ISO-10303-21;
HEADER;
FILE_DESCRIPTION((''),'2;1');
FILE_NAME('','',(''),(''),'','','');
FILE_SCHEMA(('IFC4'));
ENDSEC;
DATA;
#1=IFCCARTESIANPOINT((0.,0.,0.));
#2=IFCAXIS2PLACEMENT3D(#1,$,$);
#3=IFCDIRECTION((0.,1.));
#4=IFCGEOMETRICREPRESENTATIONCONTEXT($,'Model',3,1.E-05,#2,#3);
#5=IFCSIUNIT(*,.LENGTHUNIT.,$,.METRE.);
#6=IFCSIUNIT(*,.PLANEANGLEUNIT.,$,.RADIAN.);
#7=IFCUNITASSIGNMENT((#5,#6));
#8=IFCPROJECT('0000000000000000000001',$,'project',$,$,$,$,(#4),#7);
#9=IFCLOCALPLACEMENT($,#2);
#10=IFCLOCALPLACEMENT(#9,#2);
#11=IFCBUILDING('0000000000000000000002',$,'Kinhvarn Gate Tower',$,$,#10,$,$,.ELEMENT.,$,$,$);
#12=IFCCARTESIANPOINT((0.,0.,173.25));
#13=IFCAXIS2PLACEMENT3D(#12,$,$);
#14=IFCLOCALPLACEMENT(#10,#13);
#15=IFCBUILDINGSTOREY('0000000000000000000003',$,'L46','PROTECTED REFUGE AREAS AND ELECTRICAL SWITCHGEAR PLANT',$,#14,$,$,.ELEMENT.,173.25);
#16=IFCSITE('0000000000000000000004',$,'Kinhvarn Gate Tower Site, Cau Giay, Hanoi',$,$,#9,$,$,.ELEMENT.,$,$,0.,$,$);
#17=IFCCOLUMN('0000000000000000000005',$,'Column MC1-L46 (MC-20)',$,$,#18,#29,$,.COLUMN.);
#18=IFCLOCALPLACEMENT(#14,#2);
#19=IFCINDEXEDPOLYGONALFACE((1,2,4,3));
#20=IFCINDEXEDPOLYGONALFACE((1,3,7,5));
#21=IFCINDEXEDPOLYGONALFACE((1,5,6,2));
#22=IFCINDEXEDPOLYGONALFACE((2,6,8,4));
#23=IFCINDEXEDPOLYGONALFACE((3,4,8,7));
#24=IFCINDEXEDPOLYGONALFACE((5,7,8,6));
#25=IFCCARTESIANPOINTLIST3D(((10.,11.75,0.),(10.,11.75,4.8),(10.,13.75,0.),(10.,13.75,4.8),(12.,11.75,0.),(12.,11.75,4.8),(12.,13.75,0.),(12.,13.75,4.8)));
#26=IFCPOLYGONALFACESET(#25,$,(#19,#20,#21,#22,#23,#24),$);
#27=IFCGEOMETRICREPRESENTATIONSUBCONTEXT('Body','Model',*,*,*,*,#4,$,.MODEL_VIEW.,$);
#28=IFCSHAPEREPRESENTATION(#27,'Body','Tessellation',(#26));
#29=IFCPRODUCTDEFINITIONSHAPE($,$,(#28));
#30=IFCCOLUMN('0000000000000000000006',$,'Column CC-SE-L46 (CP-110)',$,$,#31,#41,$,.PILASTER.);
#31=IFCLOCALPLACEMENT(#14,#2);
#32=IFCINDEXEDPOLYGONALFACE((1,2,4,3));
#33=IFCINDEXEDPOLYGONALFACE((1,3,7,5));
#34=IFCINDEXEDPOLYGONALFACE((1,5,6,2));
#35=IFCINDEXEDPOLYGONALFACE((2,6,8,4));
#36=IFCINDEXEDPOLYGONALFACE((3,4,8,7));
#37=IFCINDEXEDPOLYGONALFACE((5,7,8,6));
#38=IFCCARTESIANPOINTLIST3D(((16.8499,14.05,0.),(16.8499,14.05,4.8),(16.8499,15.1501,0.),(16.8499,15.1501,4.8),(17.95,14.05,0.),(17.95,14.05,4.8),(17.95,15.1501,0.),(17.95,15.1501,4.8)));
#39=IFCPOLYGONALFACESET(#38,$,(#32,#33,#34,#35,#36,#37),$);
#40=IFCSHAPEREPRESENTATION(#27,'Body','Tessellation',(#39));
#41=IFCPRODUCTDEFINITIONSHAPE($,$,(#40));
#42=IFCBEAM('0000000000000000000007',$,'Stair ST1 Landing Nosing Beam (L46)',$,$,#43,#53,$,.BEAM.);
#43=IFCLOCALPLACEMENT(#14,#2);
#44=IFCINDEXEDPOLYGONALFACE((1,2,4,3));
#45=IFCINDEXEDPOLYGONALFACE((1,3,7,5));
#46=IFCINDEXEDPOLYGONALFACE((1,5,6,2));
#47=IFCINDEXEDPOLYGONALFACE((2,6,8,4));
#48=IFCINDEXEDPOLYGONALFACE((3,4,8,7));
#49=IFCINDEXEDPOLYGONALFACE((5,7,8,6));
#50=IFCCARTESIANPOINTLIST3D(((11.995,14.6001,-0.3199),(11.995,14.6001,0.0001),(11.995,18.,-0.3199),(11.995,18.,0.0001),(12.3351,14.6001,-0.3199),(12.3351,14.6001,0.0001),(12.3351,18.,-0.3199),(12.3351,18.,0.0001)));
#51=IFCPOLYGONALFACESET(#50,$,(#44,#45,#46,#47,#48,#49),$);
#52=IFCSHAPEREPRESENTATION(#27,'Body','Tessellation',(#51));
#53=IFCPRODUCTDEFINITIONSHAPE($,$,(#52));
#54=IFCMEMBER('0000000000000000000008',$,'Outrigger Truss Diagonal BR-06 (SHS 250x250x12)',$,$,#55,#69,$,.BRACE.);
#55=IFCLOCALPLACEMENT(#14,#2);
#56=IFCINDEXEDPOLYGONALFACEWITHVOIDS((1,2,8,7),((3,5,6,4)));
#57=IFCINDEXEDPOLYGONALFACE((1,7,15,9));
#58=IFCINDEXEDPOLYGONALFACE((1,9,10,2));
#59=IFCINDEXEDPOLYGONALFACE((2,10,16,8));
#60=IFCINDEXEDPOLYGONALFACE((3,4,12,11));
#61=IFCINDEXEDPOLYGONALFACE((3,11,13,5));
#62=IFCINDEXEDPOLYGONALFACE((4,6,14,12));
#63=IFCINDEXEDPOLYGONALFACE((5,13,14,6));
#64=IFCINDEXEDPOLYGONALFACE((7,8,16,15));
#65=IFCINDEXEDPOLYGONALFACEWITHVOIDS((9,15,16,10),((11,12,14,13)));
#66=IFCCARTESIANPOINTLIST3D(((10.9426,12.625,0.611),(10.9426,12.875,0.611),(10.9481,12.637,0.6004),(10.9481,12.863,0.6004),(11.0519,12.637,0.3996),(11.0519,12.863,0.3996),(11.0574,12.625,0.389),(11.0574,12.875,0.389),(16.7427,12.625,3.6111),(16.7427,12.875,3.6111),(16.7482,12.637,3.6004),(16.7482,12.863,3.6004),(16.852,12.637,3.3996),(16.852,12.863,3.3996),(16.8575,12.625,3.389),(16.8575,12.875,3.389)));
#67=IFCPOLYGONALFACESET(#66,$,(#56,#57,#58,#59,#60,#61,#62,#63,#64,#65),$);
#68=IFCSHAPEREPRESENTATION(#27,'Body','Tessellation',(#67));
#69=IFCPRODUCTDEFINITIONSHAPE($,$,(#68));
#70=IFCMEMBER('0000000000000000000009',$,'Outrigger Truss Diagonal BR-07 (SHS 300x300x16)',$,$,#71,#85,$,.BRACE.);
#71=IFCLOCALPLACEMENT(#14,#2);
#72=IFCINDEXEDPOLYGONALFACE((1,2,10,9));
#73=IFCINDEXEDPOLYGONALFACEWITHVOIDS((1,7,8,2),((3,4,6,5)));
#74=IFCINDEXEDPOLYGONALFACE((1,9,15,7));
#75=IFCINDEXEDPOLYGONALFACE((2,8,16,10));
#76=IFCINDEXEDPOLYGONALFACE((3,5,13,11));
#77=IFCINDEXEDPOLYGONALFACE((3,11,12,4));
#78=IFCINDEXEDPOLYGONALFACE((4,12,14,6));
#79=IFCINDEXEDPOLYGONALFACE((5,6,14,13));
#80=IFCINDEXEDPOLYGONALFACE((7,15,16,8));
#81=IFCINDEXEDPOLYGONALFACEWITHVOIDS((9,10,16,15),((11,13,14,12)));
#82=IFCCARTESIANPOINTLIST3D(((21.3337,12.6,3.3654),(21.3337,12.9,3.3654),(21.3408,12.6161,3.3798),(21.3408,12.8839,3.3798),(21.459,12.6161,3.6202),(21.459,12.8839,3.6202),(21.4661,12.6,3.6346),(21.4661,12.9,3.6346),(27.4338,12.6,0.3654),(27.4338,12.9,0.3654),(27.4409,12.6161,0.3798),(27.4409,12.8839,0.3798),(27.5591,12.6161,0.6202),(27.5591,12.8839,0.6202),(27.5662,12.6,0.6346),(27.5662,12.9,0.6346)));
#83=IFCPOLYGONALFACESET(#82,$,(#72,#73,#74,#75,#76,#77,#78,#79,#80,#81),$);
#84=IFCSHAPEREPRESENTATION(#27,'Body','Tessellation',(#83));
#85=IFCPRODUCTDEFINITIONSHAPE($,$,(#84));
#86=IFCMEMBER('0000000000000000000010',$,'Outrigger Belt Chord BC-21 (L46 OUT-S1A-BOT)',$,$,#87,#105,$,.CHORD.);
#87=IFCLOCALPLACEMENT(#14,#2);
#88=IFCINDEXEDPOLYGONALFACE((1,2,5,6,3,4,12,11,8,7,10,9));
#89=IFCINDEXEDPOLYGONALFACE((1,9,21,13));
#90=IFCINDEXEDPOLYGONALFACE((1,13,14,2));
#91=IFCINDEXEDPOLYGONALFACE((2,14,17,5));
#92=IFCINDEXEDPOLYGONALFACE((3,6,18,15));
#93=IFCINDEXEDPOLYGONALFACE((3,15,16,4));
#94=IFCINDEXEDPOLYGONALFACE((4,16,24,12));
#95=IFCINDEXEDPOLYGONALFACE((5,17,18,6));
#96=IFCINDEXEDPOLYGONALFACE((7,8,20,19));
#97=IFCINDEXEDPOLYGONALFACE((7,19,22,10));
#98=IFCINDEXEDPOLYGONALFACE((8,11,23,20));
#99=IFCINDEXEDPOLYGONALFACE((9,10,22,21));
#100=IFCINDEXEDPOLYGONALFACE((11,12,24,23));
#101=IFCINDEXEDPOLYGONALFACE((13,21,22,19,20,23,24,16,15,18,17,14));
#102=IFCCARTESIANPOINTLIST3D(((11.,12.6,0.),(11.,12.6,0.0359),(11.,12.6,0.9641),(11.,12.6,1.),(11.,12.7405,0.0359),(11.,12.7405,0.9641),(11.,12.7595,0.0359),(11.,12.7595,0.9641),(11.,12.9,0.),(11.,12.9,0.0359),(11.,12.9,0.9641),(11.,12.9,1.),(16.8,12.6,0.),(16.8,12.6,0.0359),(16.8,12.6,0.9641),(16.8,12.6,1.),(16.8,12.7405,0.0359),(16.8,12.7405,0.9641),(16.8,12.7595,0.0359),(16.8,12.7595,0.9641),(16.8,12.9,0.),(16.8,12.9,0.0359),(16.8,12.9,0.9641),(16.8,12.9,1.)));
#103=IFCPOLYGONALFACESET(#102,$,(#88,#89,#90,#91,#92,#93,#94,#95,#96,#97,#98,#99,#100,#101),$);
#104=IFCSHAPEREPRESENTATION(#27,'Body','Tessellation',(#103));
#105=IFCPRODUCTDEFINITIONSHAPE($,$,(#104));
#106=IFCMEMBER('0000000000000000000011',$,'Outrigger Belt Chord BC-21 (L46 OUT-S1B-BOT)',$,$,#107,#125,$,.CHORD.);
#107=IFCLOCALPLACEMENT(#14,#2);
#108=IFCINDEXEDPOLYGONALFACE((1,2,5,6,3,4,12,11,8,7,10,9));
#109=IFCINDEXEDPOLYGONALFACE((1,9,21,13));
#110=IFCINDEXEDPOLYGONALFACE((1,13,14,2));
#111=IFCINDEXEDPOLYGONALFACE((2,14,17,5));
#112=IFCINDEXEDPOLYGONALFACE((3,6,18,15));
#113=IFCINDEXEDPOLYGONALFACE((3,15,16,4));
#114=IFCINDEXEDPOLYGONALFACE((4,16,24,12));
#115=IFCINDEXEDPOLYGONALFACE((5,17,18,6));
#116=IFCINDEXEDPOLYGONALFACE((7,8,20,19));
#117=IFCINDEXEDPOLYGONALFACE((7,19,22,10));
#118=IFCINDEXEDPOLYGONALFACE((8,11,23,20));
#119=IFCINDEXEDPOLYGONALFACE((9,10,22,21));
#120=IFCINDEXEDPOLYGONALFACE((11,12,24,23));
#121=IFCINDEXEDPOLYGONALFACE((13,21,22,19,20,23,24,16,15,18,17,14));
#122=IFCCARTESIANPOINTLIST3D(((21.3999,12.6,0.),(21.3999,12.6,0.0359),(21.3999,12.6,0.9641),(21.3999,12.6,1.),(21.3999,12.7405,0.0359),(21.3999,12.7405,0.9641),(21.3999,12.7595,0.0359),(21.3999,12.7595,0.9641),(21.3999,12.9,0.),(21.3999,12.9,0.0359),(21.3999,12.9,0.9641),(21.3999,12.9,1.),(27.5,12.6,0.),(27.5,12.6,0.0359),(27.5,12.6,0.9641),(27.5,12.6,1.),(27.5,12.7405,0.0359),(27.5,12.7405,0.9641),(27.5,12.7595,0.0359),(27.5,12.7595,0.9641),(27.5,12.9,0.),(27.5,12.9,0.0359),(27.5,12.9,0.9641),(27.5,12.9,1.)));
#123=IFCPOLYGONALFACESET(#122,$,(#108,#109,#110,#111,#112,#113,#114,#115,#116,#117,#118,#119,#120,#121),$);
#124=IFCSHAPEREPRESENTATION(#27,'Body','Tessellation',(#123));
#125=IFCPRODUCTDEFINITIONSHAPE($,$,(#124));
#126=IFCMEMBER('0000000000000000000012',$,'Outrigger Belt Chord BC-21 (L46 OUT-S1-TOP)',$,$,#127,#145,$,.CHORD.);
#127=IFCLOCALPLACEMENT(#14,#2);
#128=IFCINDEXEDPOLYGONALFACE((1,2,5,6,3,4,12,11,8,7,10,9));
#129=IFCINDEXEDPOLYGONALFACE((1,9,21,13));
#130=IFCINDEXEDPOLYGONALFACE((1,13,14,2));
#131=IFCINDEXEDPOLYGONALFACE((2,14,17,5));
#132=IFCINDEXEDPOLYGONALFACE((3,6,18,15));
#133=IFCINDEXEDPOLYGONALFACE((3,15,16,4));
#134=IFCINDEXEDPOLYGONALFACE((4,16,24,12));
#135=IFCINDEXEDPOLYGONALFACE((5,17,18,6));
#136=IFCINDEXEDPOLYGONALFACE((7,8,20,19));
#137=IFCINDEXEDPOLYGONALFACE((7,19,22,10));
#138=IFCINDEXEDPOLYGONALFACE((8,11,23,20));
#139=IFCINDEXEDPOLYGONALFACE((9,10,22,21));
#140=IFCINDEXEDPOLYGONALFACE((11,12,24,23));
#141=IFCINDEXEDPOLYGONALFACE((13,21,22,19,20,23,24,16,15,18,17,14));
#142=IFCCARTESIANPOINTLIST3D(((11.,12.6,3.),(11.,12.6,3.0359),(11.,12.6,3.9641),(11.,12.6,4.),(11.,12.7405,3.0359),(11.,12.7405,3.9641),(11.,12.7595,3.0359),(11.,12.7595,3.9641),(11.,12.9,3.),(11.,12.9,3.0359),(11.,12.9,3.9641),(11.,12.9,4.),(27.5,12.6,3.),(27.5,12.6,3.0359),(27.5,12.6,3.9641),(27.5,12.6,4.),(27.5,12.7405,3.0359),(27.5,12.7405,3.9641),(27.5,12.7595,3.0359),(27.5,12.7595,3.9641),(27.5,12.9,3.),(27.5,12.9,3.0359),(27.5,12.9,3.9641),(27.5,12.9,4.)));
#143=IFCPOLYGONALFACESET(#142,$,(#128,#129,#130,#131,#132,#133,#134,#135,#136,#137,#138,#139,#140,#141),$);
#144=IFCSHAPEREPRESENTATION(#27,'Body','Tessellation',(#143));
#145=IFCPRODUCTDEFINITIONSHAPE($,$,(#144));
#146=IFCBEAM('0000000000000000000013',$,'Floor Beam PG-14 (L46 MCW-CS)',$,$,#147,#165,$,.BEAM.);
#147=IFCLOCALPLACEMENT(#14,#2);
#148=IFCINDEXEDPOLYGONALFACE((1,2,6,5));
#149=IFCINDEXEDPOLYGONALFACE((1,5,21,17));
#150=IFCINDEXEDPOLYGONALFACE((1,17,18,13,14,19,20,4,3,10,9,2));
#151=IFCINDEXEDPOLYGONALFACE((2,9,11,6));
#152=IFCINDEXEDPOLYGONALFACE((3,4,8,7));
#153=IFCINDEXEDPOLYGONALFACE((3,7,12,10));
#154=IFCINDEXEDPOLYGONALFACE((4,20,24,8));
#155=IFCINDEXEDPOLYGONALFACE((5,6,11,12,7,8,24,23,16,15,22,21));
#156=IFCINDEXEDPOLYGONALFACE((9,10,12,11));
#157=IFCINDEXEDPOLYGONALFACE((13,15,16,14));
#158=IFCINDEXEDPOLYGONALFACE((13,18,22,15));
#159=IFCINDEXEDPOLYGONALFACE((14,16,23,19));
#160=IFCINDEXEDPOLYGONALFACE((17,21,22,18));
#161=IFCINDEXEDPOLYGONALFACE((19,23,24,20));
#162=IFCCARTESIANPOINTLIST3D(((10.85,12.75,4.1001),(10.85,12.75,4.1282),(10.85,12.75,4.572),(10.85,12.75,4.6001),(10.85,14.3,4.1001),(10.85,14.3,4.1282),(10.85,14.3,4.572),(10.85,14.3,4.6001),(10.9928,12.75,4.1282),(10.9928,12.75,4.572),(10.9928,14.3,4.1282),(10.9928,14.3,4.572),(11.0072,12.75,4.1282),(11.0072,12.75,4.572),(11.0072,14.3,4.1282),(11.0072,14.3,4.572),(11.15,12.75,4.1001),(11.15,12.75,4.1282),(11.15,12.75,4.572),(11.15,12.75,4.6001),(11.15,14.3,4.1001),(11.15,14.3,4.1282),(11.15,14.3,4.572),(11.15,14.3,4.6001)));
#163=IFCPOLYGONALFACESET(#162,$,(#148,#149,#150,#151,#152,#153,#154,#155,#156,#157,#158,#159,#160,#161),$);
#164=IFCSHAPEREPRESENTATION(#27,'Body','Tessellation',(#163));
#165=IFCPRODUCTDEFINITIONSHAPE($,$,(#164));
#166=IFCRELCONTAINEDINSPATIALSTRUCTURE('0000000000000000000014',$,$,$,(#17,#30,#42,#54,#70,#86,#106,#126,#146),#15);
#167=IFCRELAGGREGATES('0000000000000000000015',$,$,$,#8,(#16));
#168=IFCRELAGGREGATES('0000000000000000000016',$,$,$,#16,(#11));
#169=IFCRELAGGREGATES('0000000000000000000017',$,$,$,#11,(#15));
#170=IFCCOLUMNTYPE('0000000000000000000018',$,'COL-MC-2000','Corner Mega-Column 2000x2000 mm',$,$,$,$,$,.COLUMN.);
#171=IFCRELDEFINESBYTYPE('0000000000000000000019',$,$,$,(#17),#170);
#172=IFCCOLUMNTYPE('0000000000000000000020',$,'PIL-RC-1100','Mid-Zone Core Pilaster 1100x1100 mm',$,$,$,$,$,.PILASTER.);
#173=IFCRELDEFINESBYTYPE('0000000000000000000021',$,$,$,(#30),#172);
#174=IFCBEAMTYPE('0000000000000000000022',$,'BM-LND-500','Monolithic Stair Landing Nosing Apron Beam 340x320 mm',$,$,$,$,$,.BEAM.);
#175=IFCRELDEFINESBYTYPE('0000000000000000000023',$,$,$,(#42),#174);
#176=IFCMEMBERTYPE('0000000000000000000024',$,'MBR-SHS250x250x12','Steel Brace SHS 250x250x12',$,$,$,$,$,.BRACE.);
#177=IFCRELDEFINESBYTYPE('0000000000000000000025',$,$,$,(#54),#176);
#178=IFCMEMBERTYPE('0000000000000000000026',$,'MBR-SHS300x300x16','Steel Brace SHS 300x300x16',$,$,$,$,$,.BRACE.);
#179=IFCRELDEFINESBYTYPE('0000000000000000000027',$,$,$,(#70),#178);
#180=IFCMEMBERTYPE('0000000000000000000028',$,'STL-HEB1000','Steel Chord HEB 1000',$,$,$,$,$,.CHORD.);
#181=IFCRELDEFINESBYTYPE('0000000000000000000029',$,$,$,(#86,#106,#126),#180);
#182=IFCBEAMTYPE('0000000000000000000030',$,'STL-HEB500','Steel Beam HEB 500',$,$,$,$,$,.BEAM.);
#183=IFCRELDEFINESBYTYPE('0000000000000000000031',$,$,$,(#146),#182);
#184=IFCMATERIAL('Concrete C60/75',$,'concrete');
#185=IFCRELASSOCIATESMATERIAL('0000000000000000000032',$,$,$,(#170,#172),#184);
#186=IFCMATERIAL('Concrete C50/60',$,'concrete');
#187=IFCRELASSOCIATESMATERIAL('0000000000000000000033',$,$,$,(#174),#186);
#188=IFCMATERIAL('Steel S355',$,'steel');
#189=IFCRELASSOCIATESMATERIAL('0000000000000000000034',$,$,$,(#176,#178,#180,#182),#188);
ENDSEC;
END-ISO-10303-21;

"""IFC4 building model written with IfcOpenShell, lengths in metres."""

from ifc_helpers import new_model, si_unit, direction, frame, origin, origin_2d, place, context, subcontext, project, spatial, rectangle, hollow_rectangle, i_section, extrude, material, material_profile, profile_set, type_object, element, save


model = new_model("IFC4")

# Units and contexts
model_context = context("Model", 3, precision=1e-05, world=origin(), true_north=direction((0.0, 1.0)))
body_context = subcontext(model_context, "Body", "Model", "MODEL_VIEW")
ifc_project = project(units=[si_unit("LENGTHUNIT", "METRE"), si_unit("PLANEANGLEUNIT", "RADIAN")], contexts=[model_context])

# Site, building, storey
site_placement = place(None, origin())
site = spatial("IfcSite", under=ifc_project, at=site_placement, Name="Kinhvarn Gate Tower Site, Cau Giay, Hanoi", CompositionType="ELEMENT", RefElevation=0.0)
building_placement = place(site_placement, origin())
building = spatial("IfcBuilding", under=site, at=building_placement, Name="Kinhvarn Gate Tower", CompositionType="ELEMENT")
storey_placement = place(building_placement, frame((0.0, 0.0, 173.25)))
storey = spatial("IfcBuildingStorey", under=building, at=storey_placement, Name="L46", Description="PROTECTED REFUGE AREAS AND ELECTRICAL SWITCHGEAR PLANT", CompositionType="ELEMENT", Elevation=173.25)

# Columns
ifc_material_1 = material(Name="Concrete C60/75", Category="concrete")
ifc_material_profile_1 = material_profile(ifc_material_1, rectangle(XDim=2.0, YDim=2.0, at=origin_2d()), Name="RC 2000x2000")
ifc_profile_set_1 = profile_set([ifc_material_profile_1], Name="Concrete C60/75")
column_type_1 = type_object("IfcColumnType", Name="COL-MC-2000", Description="Corner Mega-Column 2000x2000 mm", PredefinedType="COLUMN", material=ifc_profile_set_1)
column_1_placement = place(storey_placement, frame((11.0, 12.75, 0.0), z_axis=(0.0, 0.0, 1.0), x_axis=(1.0, 0.0, 0.0)))
element("IfcColumn", 1, at=column_1_placement, inside=storey, type_object=column_type_1, Name="Column MC1-L46 (MC-20)", PredefinedType="COLUMN", context=body_context, shape_type="SweptSolid", body=[
    extrude(rectangle(XDim=2.0, YDim=2.0, at=origin_2d()), origin(), (0.0, 0.0, 1.0), 4.8),
])
ifc_material_profile_2 = material_profile(ifc_material_1, rectangle(XDim=1.1001, YDim=1.1001, at=origin_2d()), Name="RC 1100x1100")
ifc_profile_set_2 = profile_set([ifc_material_profile_2], Name="Concrete C60/75")
column_type_2 = type_object("IfcColumnType", Name="PIL-RC-1100", Description="Mid-Zone Core Pilaster 1100x1100 mm", PredefinedType="PILASTER", material=ifc_profile_set_2)
column_2_placement = place(storey_placement, frame((17.3999, 14.6001, 0.0), z_axis=(0.0, 0.0, 1.0), x_axis=(1.0, 0.0, 0.0)))
element("IfcColumn", 2, at=column_2_placement, inside=storey, type_object=column_type_2, Name="Column CC-SE-L46 (CP-110)", PredefinedType="PILASTER", context=body_context, shape_type="SweptSolid", body=[
    extrude(rectangle(XDim=1.1001, YDim=1.1001, at=origin_2d()), origin(), (0.0, 0.0, 1.0), 4.8),
])

# Beam
ifc_material_2 = material(Name="Concrete C50/60", Category="concrete")
ifc_material_profile_3 = material_profile(ifc_material_2, rectangle(XDim=0.3401, YDim=0.3201, at=origin_2d()), Name="RC 340x320")
ifc_profile_set_3 = profile_set([ifc_material_profile_3], Name="Concrete C50/60")
beam_type_1 = type_object("IfcBeamType", Name="BM-LND-500", Description="Monolithic Stair Landing Nosing Apron Beam 340x320 mm", PredefinedType="BEAM", material=ifc_profile_set_3)
beam_1_placement = place(storey_placement, frame((12.165, 14.6001, -0.1599), z_axis=(0.0, 1.0, 0.0), x_axis=(-1.0, 0.0, 0.0)))
element("IfcBeam", 3, at=beam_1_placement, inside=storey, type_object=beam_type_1, Name="Stair ST1 Landing Nosing Beam (L46)", PredefinedType="BEAM", context=body_context, shape_type="SweptSolid", body=[
    extrude(rectangle(XDim=0.3401, YDim=0.3201, at=origin_2d()), origin(), (0.0, 0.0, 1.0), 3.3999),
])

# Members
ifc_material_3 = material(Name="Steel S355", Category="steel")
ifc_material_profile_4 = material_profile(ifc_material_3, hollow_rectangle(XDim=0.25, YDim=0.25, WallThickness=0.012, at=origin_2d()), Name="SHS 250x250x12")
ifc_profile_set_4 = profile_set([ifc_material_profile_4], Name="Steel S355")
member_type_1 = type_object("IfcMemberType", Name="MBR-SHS250x250x12", Description="Steel Brace SHS 250x250x12", PredefinedType="BRACE", material=ifc_profile_set_4)
member_1_placement = place(storey_placement, frame((11.0, 12.75, 0.5), z_axis=(0.888219, 0.0, 0.45942), x_axis=(0.0, 1.0, 0.0)))
element("IfcMember", 4, at=member_1_placement, inside=storey, type_object=member_type_1, Name="Outrigger Truss Diagonal BR-06 (SHS 250x250x12)", PredefinedType="BRACE", context=body_context, shape_type="SweptSolid", body=[
    extrude(hollow_rectangle(XDim=0.25, YDim=0.25, WallThickness=0.012, at=origin_2d()), origin(), (0.0, 0.0, 1.0), 6.53),
])
ifc_material_profile_5 = material_profile(ifc_material_3, hollow_rectangle(XDim=0.3, YDim=0.3, WallThickness=0.0161, at=origin_2d()), Name="SHS 300x300x16")
ifc_profile_set_5 = profile_set([ifc_material_profile_5], Name="Steel S355")
member_type_2 = type_object("IfcMemberType", Name="MBR-SHS300x300x16", Description="Steel Brace SHS 300x300x16", PredefinedType="BRACE", material=ifc_profile_set_5)
member_2_placement = place(storey_placement, frame((21.3999, 12.75, 3.5), z_axis=(0.897353, 0.0, -0.441314), x_axis=(0.0, 1.0, 0.0)))
element("IfcMember", 5, at=member_2_placement, inside=storey, type_object=member_type_2, Name="Outrigger Truss Diagonal BR-07 (SHS 300x300x16)", PredefinedType="BRACE", context=body_context, shape_type="SweptSolid", body=[
    extrude(hollow_rectangle(XDim=0.3, YDim=0.3, WallThickness=0.0161, at=origin_2d()), origin(), (0.0, 0.0, 1.0), 6.7979),
])
ifc_material_profile_6 = material_profile(ifc_material_3, i_section(OverallWidth=0.3, OverallDepth=1.0, WebThickness=0.019, FlangeThickness=0.0359, at=origin_2d()), Name="HEB 1000")
ifc_profile_set_6 = profile_set([ifc_material_profile_6], Name="Steel S355")
member_type_3 = type_object("IfcMemberType", Name="STL-HEB1000", Description="Steel Chord HEB 1000", PredefinedType="CHORD", material=ifc_profile_set_6)
member_3_placement = place(storey_placement, frame((11.0, 12.75, 0.5), z_axis=(1.0, 0.0, 0.0), x_axis=(0.0, 1.0, 0.0)))
element("IfcMember", 6, at=member_3_placement, inside=storey, type_object=member_type_3, Name="Outrigger Belt Chord BC-21 (L46 OUT-S1A-BOT)", PredefinedType="CHORD", context=body_context, shape_type="SweptSolid", body=[
    extrude(i_section(OverallWidth=0.3, OverallDepth=1.0, WebThickness=0.019, FlangeThickness=0.0359, at=origin_2d()), origin(), (0.0, 0.0, 1.0), 5.8),
])
member_4_placement = place(storey_placement, frame((21.3999, 12.75, 0.5), z_axis=(1.0, 0.0, 0.0), x_axis=(0.0, 1.0, 0.0)))
element("IfcMember", 7, at=member_4_placement, inside=storey, type_object=member_type_3, Name="Outrigger Belt Chord BC-21 (L46 OUT-S1B-BOT)", PredefinedType="CHORD", context=body_context, shape_type="SweptSolid", body=[
    extrude(i_section(OverallWidth=0.3, OverallDepth=1.0, WebThickness=0.019, FlangeThickness=0.0359, at=origin_2d()), origin(), (0.0, 0.0, 1.0), 6.1001),
])
member_5_placement = place(storey_placement, frame((11.0, 12.75, 3.5), z_axis=(1.0, 0.0, 0.0), x_axis=(0.0, 1.0, 0.0)))
element("IfcMember", 8, at=member_5_placement, inside=storey, type_object=member_type_3, Name="Outrigger Belt Chord BC-21 (L46 OUT-S1-TOP)", PredefinedType="CHORD", context=body_context, shape_type="SweptSolid", body=[
    extrude(i_section(OverallWidth=0.3, OverallDepth=1.0, WebThickness=0.019, FlangeThickness=0.0359, at=origin_2d()), origin(), (0.0, 0.0, 1.0), 16.5),
])

# Beam
ifc_material_profile_7 = material_profile(ifc_material_3, i_section(OverallWidth=0.3, OverallDepth=0.5, WebThickness=0.0144, FlangeThickness=0.0281, at=origin_2d()), Name="HEB 500")
ifc_profile_set_7 = profile_set([ifc_material_profile_7], Name="Steel S355")
beam_type_2 = type_object("IfcBeamType", Name="STL-HEB500", Description="Steel Beam HEB 500", PredefinedType="BEAM", material=ifc_profile_set_7)
beam_2_placement = place(storey_placement, frame((11.0, 12.75, 4.3501), z_axis=(0.0, 1.0, 0.0), x_axis=(-1.0, 0.0, 0.0)))
element("IfcBeam", 9, at=beam_2_placement, inside=storey, type_object=beam_type_2, Name="Floor Beam PG-14 (L46 MCW-CS)", PredefinedType="BEAM", context=body_context, shape_type="SweptSolid", body=[
    extrude(i_section(OverallWidth=0.3, OverallDepth=0.5, WebThickness=0.0144, FlangeThickness=0.0281, at=origin_2d()), origin(), (0.0, 0.0, 1.0), 1.55),
])

save(model, "model.ifc")
